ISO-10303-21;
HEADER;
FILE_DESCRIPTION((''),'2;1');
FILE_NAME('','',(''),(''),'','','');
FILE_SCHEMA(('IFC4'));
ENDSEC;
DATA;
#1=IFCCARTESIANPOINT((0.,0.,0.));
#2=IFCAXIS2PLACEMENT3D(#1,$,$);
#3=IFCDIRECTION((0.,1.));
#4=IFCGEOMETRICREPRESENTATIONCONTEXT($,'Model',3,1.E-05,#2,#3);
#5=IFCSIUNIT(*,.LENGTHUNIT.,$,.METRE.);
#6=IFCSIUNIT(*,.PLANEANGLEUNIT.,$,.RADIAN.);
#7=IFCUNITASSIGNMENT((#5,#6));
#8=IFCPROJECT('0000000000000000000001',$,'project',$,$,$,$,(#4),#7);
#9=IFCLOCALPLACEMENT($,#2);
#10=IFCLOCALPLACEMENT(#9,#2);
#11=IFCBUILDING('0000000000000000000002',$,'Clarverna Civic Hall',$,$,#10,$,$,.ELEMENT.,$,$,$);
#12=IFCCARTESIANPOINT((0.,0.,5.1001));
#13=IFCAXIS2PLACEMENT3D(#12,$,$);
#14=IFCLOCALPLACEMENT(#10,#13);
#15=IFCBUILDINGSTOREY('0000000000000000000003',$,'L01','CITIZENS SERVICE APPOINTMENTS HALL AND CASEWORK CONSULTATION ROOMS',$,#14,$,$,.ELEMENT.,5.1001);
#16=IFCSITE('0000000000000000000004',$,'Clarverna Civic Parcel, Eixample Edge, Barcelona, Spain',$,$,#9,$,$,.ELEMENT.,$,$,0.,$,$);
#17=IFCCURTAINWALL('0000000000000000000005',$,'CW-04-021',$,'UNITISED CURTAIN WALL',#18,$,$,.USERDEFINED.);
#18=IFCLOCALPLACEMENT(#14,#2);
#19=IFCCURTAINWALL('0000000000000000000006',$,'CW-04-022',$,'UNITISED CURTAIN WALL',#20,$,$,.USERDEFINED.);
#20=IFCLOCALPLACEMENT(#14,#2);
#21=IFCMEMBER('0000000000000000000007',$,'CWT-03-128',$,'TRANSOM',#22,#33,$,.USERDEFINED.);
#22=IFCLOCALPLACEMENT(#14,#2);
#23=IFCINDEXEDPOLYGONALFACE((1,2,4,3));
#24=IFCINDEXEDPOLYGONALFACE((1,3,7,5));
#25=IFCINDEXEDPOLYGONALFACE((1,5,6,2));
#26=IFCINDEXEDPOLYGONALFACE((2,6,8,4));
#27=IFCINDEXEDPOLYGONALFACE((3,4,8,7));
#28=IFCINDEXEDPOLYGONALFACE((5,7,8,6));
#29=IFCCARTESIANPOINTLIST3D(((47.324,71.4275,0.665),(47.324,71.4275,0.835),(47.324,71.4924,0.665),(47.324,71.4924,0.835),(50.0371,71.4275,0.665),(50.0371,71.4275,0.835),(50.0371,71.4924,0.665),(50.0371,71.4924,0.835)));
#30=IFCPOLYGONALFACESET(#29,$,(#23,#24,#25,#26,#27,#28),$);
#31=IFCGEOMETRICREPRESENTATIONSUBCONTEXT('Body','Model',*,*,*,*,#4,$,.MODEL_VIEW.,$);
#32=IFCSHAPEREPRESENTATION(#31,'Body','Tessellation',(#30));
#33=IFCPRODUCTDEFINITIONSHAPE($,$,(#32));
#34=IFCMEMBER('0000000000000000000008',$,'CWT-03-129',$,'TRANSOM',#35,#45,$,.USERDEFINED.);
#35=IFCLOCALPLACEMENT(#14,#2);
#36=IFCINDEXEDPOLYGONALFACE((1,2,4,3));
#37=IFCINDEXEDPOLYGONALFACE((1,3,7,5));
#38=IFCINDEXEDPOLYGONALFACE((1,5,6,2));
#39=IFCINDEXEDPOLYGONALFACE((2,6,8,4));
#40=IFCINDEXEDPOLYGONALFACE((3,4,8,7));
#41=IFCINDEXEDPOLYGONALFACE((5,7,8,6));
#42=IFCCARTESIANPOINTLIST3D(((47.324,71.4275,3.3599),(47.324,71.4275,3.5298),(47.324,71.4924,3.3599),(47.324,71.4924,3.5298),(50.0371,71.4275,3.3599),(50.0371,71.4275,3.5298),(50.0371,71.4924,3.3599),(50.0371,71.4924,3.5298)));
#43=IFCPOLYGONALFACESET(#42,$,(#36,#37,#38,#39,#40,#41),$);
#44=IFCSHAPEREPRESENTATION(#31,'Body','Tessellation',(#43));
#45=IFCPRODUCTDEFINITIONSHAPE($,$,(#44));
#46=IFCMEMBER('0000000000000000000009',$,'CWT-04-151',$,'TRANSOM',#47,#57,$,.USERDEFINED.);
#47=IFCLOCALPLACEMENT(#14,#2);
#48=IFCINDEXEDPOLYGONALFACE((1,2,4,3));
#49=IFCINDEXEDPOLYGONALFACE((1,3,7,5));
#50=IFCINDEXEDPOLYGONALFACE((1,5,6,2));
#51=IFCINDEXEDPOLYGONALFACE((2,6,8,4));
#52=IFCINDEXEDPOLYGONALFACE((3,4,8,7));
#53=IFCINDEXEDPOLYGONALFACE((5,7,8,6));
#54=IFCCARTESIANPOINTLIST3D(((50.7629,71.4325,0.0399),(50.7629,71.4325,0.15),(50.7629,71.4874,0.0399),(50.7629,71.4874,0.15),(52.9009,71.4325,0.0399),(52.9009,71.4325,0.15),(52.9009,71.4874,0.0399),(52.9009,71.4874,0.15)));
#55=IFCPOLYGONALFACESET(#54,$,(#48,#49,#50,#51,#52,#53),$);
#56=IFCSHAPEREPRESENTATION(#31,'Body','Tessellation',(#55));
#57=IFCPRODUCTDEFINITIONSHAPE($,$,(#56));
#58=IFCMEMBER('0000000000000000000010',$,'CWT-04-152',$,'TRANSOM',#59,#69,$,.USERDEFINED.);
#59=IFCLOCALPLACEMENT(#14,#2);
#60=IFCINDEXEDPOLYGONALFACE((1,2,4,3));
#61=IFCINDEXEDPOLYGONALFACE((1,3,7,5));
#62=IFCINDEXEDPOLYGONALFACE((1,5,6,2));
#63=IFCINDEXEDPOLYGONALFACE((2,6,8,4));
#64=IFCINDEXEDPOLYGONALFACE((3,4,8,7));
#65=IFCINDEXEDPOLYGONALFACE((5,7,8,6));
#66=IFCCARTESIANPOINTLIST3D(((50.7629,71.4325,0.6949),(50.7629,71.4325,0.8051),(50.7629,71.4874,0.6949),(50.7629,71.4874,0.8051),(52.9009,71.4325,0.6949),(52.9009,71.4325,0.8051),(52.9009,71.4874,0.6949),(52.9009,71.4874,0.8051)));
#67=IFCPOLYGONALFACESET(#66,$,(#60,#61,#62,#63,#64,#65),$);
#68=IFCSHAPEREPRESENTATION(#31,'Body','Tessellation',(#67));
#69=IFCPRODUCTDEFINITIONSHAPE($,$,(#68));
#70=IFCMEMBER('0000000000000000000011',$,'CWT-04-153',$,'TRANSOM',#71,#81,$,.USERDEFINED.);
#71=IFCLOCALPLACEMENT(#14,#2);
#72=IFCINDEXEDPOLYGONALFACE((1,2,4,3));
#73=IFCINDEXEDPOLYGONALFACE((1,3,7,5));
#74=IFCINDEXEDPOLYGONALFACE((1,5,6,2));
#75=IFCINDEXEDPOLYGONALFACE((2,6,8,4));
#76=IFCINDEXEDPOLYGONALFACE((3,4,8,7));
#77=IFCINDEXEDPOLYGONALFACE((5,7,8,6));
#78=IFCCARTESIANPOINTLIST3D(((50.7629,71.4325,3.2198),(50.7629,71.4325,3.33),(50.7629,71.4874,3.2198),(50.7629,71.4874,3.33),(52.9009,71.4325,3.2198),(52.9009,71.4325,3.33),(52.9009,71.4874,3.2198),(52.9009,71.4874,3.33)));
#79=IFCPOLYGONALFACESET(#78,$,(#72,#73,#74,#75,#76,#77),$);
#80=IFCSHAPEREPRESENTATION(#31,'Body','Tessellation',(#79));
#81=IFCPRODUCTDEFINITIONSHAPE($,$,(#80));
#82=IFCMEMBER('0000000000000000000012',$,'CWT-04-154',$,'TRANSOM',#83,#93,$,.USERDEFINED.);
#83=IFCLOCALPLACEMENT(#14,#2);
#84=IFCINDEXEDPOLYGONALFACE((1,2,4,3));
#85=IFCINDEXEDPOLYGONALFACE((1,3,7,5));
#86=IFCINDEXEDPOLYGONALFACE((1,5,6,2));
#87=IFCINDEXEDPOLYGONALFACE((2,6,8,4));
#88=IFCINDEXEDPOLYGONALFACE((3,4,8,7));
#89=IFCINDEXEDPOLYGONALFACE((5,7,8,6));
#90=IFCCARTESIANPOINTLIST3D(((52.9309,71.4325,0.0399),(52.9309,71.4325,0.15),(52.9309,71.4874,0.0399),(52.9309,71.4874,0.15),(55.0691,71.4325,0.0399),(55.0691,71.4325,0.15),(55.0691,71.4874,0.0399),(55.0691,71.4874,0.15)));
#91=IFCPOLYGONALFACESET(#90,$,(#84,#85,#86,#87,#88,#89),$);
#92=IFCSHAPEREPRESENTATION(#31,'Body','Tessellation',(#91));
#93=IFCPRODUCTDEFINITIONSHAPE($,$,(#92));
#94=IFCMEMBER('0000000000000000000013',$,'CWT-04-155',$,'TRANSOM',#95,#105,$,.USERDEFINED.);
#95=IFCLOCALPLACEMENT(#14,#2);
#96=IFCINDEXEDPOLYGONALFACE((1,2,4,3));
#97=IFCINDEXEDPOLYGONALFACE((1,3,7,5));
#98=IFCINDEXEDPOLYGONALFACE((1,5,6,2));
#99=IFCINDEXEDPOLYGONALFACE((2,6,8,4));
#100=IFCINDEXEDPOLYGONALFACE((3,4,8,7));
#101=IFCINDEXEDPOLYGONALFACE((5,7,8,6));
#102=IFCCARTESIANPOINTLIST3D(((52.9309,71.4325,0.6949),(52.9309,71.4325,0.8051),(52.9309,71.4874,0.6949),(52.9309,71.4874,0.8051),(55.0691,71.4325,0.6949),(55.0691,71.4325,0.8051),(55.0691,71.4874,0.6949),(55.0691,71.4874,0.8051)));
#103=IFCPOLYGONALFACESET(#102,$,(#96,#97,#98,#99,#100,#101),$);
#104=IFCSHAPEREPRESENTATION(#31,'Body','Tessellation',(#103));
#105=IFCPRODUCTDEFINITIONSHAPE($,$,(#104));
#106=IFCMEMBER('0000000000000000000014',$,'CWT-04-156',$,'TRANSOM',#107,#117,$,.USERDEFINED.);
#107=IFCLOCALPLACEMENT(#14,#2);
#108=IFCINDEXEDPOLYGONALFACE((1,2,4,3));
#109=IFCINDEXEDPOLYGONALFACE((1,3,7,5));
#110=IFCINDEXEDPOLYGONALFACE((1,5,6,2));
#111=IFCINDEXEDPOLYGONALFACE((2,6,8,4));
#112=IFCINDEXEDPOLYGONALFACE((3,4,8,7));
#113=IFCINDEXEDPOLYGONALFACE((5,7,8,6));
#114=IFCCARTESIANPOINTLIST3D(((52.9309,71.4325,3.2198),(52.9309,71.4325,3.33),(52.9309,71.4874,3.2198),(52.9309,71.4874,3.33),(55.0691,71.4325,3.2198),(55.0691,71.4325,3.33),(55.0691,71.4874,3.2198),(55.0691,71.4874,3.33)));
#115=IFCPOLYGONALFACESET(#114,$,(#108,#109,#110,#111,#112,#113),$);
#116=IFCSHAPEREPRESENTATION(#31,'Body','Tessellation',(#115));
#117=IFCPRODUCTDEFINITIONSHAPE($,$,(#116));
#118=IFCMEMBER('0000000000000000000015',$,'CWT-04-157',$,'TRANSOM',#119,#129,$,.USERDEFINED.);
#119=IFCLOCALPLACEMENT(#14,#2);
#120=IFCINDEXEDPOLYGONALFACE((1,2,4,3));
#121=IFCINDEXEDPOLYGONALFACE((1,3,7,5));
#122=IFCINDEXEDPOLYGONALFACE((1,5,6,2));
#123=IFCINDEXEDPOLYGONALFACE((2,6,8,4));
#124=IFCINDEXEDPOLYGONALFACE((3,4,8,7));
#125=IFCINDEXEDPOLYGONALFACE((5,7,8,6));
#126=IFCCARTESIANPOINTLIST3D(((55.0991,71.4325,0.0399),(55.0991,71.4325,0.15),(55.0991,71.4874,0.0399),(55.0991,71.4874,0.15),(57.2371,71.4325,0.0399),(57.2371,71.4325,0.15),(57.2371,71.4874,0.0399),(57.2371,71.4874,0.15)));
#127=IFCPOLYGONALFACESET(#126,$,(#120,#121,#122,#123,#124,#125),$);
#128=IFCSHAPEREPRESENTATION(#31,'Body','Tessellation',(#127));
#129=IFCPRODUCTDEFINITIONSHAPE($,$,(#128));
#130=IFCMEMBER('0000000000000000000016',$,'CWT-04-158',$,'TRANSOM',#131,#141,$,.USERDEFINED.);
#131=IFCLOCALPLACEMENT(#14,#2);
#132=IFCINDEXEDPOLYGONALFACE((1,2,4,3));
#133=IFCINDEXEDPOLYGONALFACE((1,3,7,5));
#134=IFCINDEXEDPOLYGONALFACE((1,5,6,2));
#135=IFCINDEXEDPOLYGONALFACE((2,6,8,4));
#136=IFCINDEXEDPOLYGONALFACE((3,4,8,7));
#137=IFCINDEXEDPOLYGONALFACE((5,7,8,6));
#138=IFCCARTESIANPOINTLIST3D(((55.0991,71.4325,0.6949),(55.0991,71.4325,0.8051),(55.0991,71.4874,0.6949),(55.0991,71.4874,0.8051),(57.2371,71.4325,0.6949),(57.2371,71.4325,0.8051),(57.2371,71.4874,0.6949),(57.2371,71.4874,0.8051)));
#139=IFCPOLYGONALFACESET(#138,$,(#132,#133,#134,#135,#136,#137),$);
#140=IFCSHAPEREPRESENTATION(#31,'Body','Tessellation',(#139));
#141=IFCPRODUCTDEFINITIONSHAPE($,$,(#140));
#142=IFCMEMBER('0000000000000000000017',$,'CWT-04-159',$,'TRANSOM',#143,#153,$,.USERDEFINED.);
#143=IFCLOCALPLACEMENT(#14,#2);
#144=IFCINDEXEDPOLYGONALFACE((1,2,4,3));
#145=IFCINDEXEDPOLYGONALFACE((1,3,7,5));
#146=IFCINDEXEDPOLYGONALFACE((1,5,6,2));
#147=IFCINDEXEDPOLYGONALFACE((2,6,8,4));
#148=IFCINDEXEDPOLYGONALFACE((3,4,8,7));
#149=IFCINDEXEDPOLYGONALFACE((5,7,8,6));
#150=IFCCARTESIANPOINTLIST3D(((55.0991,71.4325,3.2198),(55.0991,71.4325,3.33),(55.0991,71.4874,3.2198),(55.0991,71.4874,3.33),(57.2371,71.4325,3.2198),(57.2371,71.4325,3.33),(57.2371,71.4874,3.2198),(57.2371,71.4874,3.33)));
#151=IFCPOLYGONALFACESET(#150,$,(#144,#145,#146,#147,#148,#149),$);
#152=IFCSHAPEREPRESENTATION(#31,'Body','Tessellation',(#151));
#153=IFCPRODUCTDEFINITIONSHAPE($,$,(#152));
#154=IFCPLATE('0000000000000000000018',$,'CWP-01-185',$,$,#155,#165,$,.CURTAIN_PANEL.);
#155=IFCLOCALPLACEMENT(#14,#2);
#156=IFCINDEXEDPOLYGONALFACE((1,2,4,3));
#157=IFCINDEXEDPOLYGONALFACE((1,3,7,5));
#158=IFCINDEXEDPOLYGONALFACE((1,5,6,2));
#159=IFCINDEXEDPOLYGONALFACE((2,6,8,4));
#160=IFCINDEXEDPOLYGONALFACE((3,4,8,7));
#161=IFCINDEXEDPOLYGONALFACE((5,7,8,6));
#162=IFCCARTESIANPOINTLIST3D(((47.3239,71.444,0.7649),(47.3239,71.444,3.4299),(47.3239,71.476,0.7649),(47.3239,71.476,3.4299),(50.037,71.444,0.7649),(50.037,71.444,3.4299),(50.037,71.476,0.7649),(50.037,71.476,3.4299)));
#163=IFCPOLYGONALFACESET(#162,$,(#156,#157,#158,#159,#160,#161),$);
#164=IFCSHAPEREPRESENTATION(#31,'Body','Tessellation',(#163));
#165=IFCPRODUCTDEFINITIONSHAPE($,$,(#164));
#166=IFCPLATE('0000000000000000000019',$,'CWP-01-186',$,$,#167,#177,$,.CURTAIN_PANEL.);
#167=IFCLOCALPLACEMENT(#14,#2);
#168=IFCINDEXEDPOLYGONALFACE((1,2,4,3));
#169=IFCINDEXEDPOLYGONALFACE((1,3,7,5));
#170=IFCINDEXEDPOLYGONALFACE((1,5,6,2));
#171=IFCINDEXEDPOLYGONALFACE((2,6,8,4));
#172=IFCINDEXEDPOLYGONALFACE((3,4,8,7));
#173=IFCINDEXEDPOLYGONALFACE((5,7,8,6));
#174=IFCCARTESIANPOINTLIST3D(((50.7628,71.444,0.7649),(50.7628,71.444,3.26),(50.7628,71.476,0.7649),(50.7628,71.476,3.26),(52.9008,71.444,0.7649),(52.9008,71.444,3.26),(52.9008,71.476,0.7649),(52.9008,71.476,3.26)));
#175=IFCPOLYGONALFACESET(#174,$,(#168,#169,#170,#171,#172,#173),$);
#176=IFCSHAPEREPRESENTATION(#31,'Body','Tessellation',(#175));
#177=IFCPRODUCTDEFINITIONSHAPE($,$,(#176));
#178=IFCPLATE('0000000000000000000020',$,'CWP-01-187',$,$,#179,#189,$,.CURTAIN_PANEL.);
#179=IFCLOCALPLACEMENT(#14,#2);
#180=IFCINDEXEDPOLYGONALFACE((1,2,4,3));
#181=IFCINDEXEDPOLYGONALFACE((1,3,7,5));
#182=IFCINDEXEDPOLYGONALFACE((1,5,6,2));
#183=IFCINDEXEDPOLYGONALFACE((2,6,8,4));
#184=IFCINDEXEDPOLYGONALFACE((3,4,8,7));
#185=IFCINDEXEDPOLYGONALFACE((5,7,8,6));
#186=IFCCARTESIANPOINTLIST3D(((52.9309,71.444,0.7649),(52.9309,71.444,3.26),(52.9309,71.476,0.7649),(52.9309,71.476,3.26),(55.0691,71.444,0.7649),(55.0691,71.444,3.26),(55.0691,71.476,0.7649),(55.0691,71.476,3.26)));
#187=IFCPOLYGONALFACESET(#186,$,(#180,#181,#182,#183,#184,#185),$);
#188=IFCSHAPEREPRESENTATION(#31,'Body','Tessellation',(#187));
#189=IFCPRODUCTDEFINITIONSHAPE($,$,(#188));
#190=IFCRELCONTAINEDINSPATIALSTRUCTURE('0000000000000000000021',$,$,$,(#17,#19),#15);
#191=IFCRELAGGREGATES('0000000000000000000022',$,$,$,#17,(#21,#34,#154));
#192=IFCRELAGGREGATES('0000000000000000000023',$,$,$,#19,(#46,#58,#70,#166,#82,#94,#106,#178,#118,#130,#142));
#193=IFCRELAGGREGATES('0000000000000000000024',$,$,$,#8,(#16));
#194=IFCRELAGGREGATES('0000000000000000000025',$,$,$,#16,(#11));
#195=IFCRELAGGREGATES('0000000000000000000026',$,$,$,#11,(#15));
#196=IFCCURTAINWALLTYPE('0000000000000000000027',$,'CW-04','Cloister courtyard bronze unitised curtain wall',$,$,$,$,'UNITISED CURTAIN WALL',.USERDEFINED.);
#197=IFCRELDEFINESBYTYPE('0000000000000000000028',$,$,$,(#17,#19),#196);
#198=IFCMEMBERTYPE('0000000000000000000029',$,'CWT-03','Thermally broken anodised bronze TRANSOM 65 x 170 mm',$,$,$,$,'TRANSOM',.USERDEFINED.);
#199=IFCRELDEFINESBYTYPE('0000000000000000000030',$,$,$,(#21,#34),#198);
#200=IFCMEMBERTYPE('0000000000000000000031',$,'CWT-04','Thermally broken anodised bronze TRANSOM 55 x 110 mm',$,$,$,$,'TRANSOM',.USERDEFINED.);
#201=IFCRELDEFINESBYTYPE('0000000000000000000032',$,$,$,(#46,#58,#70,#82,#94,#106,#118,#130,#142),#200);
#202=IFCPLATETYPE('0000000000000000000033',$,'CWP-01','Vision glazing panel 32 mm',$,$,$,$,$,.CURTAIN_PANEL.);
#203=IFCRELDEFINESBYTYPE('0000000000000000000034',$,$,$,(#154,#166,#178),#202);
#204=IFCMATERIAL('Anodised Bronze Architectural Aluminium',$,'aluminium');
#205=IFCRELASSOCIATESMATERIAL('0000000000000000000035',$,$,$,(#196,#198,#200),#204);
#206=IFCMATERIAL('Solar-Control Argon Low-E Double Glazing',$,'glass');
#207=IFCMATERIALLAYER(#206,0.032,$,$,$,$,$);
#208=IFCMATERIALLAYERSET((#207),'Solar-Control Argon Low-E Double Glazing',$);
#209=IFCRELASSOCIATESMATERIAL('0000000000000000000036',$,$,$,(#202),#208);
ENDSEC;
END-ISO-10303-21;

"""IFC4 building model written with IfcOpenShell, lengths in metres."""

from ifc_helpers import new_model, si_unit, direction, frame, frame_2d, origin, origin_2d, place, context, subcontext, project, spatial, rectangle, extrude, material, layer, layer_set, material_profile, profile_set, type_object, element, aggregate, save


model = new_model("IFC4")

# Units and contexts
model_context = context("Model", 3, precision=1e-05, world=origin(), true_north=direction((0.0, 1.0)))
body_context = subcontext(model_context, "Body", "Model", "MODEL_VIEW")
ifc_project = project(units=[si_unit("LENGTHUNIT", "METRE"), si_unit("PLANEANGLEUNIT", "RADIAN")], contexts=[model_context])

# Site, building, storey
site_placement = place(None, origin())
site = spatial("IfcSite", under=ifc_project, at=site_placement, Name="Clarverna Civic Parcel, Eixample Edge, Barcelona, Spain", CompositionType="ELEMENT", RefElevation=0.0)
building_placement = place(site_placement, origin())
building = spatial("IfcBuilding", under=site, at=building_placement, Name="Clarverna Civic Hall", CompositionType="ELEMENT")
storey_placement = place(building_placement, frame((0.0, 0.0, 5.1001)))
storey = spatial("IfcBuildingStorey", under=building, at=storey_placement, Name="L01", Description="CITIZENS SERVICE APPOINTMENTS HALL AND CASEWORK CONSULTATION ROOMS", CompositionType="ELEMENT", Elevation=5.1001)

# Shared definitions
ifc_material_1 = material(Name="Anodised Bronze Architectural Aluminium", Category="aluminium")
curtain_wall_type = type_object("IfcCurtainWallType", Name="CW-04", Description="Cloister courtyard bronze unitised curtain wall", ElementType="UNITISED CURTAIN WALL", PredefinedType="USERDEFINED", material=ifc_material_1)

# Curtain walls
curtain_wall_1_placement = place(storey_placement, origin())
curtain_wall_1 = element("IfcCurtainWall", 1, at=curtain_wall_1_placement, inside=storey, type_object=curtain_wall_type, Name="CW-04-021", ObjectType="UNITISED CURTAIN WALL", PredefinedType="USERDEFINED")
curtain_wall_2_placement = place(storey_placement, origin())
curtain_wall_2 = element("IfcCurtainWall", 2, at=curtain_wall_2_placement, inside=storey, type_object=curtain_wall_type, Name="CW-04-022", ObjectType="UNITISED CURTAIN WALL", PredefinedType="USERDEFINED")

# Members
ifc_material_profile_1 = material_profile(ifc_material_1, rectangle(XDim=0.0649, YDim=0.1699, at=origin_2d()), Name="BRONZE 65x170")
ifc_profile_set_1 = profile_set([ifc_material_profile_1], Name="Anodised Bronze Architectural Aluminium")
member_type_1 = type_object("IfcMemberType", Name="CWT-03", Description="Thermally broken anodised bronze TRANSOM 65 x 170 mm", ElementType="TRANSOM", PredefinedType="USERDEFINED", material=ifc_profile_set_1)
member_1_placement = place(storey_placement, frame((47.324, 71.46, 0.75), z_axis=(1.0, 0.0, 0.0), x_axis=(0.0, 1.0, 0.0)))
member_1 = element("IfcMember", 3, at=member_1_placement, type_object=member_type_1, Name="CWT-03-128", ObjectType="TRANSOM", PredefinedType="USERDEFINED", context=body_context, shape_type="SweptSolid", body=[
    extrude(rectangle(XDim=0.0649, YDim=0.1699, at=origin_2d()), origin(), (0.0, 0.0, 1.0), 2.7131),
])
member_2_placement = place(storey_placement, frame((47.324, 71.46, 3.4448), z_axis=(1.0, 0.0, 0.0), x_axis=(0.0, 1.0, 0.0)))
member_2 = element("IfcMember", 4, at=member_2_placement, type_object=member_type_1, Name="CWT-03-129", ObjectType="TRANSOM", PredefinedType="USERDEFINED", context=body_context, shape_type="SweptSolid", body=[
    extrude(rectangle(XDim=0.0649, YDim=0.1699, at=origin_2d()), origin(), (0.0, 0.0, 1.0), 2.7131),
])
ifc_material_profile_2 = material_profile(ifc_material_1, rectangle(XDim=0.0549, YDim=0.1101, at=origin_2d()), Name="BRONZE 55x110")
ifc_profile_set_2 = profile_set([ifc_material_profile_2], Name="Anodised Bronze Architectural Aluminium")
member_type_2 = type_object("IfcMemberType", Name="CWT-04", Description="Thermally broken anodised bronze TRANSOM 55 x 110 mm", ElementType="TRANSOM", PredefinedType="USERDEFINED", material=ifc_profile_set_2)
member_3_placement = place(storey_placement, frame((50.7629, 71.46, 0.095), z_axis=(1.0, 0.0, 0.0), x_axis=(0.0, 1.0, 0.0)))
member_3 = element("IfcMember", 5, at=member_3_placement, type_object=member_type_2, Name="CWT-04-151", ObjectType="TRANSOM", PredefinedType="USERDEFINED", context=body_context, shape_type="SweptSolid", body=[
    extrude(rectangle(XDim=0.0549, YDim=0.1101, at=origin_2d()), origin(), (0.0, 0.0, 1.0), 2.1379),
])
member_4_placement = place(storey_placement, frame((50.7629, 71.46, 0.75), z_axis=(1.0, 0.0, 0.0), x_axis=(0.0, 1.0, 0.0)))
member_4 = element("IfcMember", 6, at=member_4_placement, type_object=member_type_2, Name="CWT-04-152", ObjectType="TRANSOM", PredefinedType="USERDEFINED", context=body_context, shape_type="SweptSolid", body=[
    extrude(rectangle(XDim=0.0549, YDim=0.1101, at=origin_2d()), origin(), (0.0, 0.0, 1.0), 2.1379),
])
member_5_placement = place(storey_placement, frame((50.7629, 71.46, 3.2749), z_axis=(1.0, 0.0, 0.0), x_axis=(0.0, 1.0, 0.0)))
member_5 = element("IfcMember", 7, at=member_5_placement, type_object=member_type_2, Name="CWT-04-153", ObjectType="TRANSOM", PredefinedType="USERDEFINED", context=body_context, shape_type="SweptSolid", body=[
    extrude(rectangle(XDim=0.0549, YDim=0.1101, at=origin_2d()), origin(), (0.0, 0.0, 1.0), 2.1379),
])
member_6_placement = place(storey_placement, frame((52.9309, 71.46, 0.095), z_axis=(1.0, 0.0, 0.0), x_axis=(0.0, 1.0, 0.0)))
member_6 = element("IfcMember", 8, at=member_6_placement, type_object=member_type_2, Name="CWT-04-154", ObjectType="TRANSOM", PredefinedType="USERDEFINED", context=body_context, shape_type="SweptSolid", body=[
    extrude(rectangle(XDim=0.0549, YDim=0.1101, at=origin_2d()), origin(), (0.0, 0.0, 1.0), 2.1382),
])
member_7_placement = place(storey_placement, frame((52.9309, 71.46, 0.75), z_axis=(1.0, 0.0, 0.0), x_axis=(0.0, 1.0, 0.0)))
member_7 = element("IfcMember", 9, at=member_7_placement, type_object=member_type_2, Name="CWT-04-155", ObjectType="TRANSOM", PredefinedType="USERDEFINED", context=body_context, shape_type="SweptSolid", body=[
    extrude(rectangle(XDim=0.0549, YDim=0.1101, at=origin_2d()), origin(), (0.0, 0.0, 1.0), 2.1382),
])
member_8_placement = place(storey_placement, frame((52.9309, 71.46, 3.2749), z_axis=(1.0, 0.0, 0.0), x_axis=(0.0, 1.0, 0.0)))
member_8 = element("IfcMember", 10, at=member_8_placement, type_object=member_type_2, Name="CWT-04-156", ObjectType="TRANSOM", PredefinedType="USERDEFINED", context=body_context, shape_type="SweptSolid", body=[
    extrude(rectangle(XDim=0.0549, YDim=0.1101, at=origin_2d()), origin(), (0.0, 0.0, 1.0), 2.1382),
])
member_9_placement = place(storey_placement, frame((55.0991, 71.46, 0.095), z_axis=(1.0, 0.0, 0.0), x_axis=(0.0, 1.0, 0.0)))
member_9 = element("IfcMember", 11, at=member_9_placement, type_object=member_type_2, Name="CWT-04-157", ObjectType="TRANSOM", PredefinedType="USERDEFINED", context=body_context, shape_type="SweptSolid", body=[
    extrude(rectangle(XDim=0.0549, YDim=0.1101, at=origin_2d()), origin(), (0.0, 0.0, 1.0), 2.1379),
])
member_10_placement = place(storey_placement, frame((55.0991, 71.46, 0.75), z_axis=(1.0, 0.0, 0.0), x_axis=(0.0, 1.0, 0.0)))
member_10 = element("IfcMember", 12, at=member_10_placement, type_object=member_type_2, Name="CWT-04-158", ObjectType="TRANSOM", PredefinedType="USERDEFINED", context=body_context, shape_type="SweptSolid", body=[
    extrude(rectangle(XDim=0.0549, YDim=0.1101, at=origin_2d()), origin(), (0.0, 0.0, 1.0), 2.1379),
])
member_11_placement = place(storey_placement, frame((55.0991, 71.46, 3.2749), z_axis=(1.0, 0.0, 0.0), x_axis=(0.0, 1.0, 0.0)))
member_11 = element("IfcMember", 13, at=member_11_placement, type_object=member_type_2, Name="CWT-04-159", ObjectType="TRANSOM", PredefinedType="USERDEFINED", context=body_context, shape_type="SweptSolid", body=[
    extrude(rectangle(XDim=0.0549, YDim=0.1101, at=origin_2d()), origin(), (0.0, 0.0, 1.0), 2.1379),
])

# Plates
ifc_material_2 = material(Name="Solar-Control Argon Low-E Double Glazing", Category="glass")
ifc_layer_1 = layer(ifc_material_2, 0.032)
ifc_layer_set_1 = layer_set([ifc_layer_1], Name="Solar-Control Argon Low-E Double Glazing")
plate_type_1 = type_object("IfcPlateType", Name="CWP-01", Description="Vision glazing panel 32 mm", PredefinedType="CURTAIN_PANEL", material=ifc_layer_set_1)
plate_1_placement = place(storey_placement, frame((47.324, 71.46, 0.7649), z_axis=(0.0, 0.0, 1.0), x_axis=(1.0, 0.0, 0.0)))
plate_1 = element("IfcPlate", 14, at=plate_1_placement, type_object=plate_type_1, Name="CWP-01-185", PredefinedType="CURTAIN_PANEL", context=body_context, shape_type="SweptSolid", body=[
    extrude(rectangle(XDim=2.7131, YDim=0.032, at=frame_2d((1.3564, 0.0))), origin(), (0.0, 0.0, 1.0), 2.665),
])
plate_2_placement = place(storey_placement, frame((50.7629, 71.46, 0.7649), z_axis=(0.0, 0.0, 1.0), x_axis=(1.0, 0.0, 0.0)))
plate_2 = element("IfcPlate", 15, at=plate_2_placement, type_object=plate_type_1, Name="CWP-01-186", PredefinedType="CURTAIN_PANEL", context=body_context, shape_type="SweptSolid", body=[
    extrude(rectangle(XDim=2.1379, YDim=0.032, at=frame_2d((1.0688, 0.0))), origin(), (0.0, 0.0, 1.0), 2.4951),
])
plate_3_placement = place(storey_placement, frame((52.9309, 71.46, 0.7649), z_axis=(0.0, 0.0, 1.0), x_axis=(1.0, 0.0, 0.0)))
plate_3 = element("IfcPlate", 16, at=plate_3_placement, type_object=plate_type_1, Name="CWP-01-187", PredefinedType="CURTAIN_PANEL", context=body_context, shape_type="SweptSolid", body=[
    extrude(rectangle(XDim=2.1382, YDim=0.032, at=frame_2d((1.0691, 0.0))), origin(), (0.0, 0.0, 1.0), 2.4951),
])
aggregate(curtain_wall_1, [member_1, member_2, plate_1])
aggregate(curtain_wall_2, [member_3, member_4, member_5, plate_2, member_6, member_7, member_8, plate_3, member_9, member_10, member_11])

save(model, "model.ifc")
